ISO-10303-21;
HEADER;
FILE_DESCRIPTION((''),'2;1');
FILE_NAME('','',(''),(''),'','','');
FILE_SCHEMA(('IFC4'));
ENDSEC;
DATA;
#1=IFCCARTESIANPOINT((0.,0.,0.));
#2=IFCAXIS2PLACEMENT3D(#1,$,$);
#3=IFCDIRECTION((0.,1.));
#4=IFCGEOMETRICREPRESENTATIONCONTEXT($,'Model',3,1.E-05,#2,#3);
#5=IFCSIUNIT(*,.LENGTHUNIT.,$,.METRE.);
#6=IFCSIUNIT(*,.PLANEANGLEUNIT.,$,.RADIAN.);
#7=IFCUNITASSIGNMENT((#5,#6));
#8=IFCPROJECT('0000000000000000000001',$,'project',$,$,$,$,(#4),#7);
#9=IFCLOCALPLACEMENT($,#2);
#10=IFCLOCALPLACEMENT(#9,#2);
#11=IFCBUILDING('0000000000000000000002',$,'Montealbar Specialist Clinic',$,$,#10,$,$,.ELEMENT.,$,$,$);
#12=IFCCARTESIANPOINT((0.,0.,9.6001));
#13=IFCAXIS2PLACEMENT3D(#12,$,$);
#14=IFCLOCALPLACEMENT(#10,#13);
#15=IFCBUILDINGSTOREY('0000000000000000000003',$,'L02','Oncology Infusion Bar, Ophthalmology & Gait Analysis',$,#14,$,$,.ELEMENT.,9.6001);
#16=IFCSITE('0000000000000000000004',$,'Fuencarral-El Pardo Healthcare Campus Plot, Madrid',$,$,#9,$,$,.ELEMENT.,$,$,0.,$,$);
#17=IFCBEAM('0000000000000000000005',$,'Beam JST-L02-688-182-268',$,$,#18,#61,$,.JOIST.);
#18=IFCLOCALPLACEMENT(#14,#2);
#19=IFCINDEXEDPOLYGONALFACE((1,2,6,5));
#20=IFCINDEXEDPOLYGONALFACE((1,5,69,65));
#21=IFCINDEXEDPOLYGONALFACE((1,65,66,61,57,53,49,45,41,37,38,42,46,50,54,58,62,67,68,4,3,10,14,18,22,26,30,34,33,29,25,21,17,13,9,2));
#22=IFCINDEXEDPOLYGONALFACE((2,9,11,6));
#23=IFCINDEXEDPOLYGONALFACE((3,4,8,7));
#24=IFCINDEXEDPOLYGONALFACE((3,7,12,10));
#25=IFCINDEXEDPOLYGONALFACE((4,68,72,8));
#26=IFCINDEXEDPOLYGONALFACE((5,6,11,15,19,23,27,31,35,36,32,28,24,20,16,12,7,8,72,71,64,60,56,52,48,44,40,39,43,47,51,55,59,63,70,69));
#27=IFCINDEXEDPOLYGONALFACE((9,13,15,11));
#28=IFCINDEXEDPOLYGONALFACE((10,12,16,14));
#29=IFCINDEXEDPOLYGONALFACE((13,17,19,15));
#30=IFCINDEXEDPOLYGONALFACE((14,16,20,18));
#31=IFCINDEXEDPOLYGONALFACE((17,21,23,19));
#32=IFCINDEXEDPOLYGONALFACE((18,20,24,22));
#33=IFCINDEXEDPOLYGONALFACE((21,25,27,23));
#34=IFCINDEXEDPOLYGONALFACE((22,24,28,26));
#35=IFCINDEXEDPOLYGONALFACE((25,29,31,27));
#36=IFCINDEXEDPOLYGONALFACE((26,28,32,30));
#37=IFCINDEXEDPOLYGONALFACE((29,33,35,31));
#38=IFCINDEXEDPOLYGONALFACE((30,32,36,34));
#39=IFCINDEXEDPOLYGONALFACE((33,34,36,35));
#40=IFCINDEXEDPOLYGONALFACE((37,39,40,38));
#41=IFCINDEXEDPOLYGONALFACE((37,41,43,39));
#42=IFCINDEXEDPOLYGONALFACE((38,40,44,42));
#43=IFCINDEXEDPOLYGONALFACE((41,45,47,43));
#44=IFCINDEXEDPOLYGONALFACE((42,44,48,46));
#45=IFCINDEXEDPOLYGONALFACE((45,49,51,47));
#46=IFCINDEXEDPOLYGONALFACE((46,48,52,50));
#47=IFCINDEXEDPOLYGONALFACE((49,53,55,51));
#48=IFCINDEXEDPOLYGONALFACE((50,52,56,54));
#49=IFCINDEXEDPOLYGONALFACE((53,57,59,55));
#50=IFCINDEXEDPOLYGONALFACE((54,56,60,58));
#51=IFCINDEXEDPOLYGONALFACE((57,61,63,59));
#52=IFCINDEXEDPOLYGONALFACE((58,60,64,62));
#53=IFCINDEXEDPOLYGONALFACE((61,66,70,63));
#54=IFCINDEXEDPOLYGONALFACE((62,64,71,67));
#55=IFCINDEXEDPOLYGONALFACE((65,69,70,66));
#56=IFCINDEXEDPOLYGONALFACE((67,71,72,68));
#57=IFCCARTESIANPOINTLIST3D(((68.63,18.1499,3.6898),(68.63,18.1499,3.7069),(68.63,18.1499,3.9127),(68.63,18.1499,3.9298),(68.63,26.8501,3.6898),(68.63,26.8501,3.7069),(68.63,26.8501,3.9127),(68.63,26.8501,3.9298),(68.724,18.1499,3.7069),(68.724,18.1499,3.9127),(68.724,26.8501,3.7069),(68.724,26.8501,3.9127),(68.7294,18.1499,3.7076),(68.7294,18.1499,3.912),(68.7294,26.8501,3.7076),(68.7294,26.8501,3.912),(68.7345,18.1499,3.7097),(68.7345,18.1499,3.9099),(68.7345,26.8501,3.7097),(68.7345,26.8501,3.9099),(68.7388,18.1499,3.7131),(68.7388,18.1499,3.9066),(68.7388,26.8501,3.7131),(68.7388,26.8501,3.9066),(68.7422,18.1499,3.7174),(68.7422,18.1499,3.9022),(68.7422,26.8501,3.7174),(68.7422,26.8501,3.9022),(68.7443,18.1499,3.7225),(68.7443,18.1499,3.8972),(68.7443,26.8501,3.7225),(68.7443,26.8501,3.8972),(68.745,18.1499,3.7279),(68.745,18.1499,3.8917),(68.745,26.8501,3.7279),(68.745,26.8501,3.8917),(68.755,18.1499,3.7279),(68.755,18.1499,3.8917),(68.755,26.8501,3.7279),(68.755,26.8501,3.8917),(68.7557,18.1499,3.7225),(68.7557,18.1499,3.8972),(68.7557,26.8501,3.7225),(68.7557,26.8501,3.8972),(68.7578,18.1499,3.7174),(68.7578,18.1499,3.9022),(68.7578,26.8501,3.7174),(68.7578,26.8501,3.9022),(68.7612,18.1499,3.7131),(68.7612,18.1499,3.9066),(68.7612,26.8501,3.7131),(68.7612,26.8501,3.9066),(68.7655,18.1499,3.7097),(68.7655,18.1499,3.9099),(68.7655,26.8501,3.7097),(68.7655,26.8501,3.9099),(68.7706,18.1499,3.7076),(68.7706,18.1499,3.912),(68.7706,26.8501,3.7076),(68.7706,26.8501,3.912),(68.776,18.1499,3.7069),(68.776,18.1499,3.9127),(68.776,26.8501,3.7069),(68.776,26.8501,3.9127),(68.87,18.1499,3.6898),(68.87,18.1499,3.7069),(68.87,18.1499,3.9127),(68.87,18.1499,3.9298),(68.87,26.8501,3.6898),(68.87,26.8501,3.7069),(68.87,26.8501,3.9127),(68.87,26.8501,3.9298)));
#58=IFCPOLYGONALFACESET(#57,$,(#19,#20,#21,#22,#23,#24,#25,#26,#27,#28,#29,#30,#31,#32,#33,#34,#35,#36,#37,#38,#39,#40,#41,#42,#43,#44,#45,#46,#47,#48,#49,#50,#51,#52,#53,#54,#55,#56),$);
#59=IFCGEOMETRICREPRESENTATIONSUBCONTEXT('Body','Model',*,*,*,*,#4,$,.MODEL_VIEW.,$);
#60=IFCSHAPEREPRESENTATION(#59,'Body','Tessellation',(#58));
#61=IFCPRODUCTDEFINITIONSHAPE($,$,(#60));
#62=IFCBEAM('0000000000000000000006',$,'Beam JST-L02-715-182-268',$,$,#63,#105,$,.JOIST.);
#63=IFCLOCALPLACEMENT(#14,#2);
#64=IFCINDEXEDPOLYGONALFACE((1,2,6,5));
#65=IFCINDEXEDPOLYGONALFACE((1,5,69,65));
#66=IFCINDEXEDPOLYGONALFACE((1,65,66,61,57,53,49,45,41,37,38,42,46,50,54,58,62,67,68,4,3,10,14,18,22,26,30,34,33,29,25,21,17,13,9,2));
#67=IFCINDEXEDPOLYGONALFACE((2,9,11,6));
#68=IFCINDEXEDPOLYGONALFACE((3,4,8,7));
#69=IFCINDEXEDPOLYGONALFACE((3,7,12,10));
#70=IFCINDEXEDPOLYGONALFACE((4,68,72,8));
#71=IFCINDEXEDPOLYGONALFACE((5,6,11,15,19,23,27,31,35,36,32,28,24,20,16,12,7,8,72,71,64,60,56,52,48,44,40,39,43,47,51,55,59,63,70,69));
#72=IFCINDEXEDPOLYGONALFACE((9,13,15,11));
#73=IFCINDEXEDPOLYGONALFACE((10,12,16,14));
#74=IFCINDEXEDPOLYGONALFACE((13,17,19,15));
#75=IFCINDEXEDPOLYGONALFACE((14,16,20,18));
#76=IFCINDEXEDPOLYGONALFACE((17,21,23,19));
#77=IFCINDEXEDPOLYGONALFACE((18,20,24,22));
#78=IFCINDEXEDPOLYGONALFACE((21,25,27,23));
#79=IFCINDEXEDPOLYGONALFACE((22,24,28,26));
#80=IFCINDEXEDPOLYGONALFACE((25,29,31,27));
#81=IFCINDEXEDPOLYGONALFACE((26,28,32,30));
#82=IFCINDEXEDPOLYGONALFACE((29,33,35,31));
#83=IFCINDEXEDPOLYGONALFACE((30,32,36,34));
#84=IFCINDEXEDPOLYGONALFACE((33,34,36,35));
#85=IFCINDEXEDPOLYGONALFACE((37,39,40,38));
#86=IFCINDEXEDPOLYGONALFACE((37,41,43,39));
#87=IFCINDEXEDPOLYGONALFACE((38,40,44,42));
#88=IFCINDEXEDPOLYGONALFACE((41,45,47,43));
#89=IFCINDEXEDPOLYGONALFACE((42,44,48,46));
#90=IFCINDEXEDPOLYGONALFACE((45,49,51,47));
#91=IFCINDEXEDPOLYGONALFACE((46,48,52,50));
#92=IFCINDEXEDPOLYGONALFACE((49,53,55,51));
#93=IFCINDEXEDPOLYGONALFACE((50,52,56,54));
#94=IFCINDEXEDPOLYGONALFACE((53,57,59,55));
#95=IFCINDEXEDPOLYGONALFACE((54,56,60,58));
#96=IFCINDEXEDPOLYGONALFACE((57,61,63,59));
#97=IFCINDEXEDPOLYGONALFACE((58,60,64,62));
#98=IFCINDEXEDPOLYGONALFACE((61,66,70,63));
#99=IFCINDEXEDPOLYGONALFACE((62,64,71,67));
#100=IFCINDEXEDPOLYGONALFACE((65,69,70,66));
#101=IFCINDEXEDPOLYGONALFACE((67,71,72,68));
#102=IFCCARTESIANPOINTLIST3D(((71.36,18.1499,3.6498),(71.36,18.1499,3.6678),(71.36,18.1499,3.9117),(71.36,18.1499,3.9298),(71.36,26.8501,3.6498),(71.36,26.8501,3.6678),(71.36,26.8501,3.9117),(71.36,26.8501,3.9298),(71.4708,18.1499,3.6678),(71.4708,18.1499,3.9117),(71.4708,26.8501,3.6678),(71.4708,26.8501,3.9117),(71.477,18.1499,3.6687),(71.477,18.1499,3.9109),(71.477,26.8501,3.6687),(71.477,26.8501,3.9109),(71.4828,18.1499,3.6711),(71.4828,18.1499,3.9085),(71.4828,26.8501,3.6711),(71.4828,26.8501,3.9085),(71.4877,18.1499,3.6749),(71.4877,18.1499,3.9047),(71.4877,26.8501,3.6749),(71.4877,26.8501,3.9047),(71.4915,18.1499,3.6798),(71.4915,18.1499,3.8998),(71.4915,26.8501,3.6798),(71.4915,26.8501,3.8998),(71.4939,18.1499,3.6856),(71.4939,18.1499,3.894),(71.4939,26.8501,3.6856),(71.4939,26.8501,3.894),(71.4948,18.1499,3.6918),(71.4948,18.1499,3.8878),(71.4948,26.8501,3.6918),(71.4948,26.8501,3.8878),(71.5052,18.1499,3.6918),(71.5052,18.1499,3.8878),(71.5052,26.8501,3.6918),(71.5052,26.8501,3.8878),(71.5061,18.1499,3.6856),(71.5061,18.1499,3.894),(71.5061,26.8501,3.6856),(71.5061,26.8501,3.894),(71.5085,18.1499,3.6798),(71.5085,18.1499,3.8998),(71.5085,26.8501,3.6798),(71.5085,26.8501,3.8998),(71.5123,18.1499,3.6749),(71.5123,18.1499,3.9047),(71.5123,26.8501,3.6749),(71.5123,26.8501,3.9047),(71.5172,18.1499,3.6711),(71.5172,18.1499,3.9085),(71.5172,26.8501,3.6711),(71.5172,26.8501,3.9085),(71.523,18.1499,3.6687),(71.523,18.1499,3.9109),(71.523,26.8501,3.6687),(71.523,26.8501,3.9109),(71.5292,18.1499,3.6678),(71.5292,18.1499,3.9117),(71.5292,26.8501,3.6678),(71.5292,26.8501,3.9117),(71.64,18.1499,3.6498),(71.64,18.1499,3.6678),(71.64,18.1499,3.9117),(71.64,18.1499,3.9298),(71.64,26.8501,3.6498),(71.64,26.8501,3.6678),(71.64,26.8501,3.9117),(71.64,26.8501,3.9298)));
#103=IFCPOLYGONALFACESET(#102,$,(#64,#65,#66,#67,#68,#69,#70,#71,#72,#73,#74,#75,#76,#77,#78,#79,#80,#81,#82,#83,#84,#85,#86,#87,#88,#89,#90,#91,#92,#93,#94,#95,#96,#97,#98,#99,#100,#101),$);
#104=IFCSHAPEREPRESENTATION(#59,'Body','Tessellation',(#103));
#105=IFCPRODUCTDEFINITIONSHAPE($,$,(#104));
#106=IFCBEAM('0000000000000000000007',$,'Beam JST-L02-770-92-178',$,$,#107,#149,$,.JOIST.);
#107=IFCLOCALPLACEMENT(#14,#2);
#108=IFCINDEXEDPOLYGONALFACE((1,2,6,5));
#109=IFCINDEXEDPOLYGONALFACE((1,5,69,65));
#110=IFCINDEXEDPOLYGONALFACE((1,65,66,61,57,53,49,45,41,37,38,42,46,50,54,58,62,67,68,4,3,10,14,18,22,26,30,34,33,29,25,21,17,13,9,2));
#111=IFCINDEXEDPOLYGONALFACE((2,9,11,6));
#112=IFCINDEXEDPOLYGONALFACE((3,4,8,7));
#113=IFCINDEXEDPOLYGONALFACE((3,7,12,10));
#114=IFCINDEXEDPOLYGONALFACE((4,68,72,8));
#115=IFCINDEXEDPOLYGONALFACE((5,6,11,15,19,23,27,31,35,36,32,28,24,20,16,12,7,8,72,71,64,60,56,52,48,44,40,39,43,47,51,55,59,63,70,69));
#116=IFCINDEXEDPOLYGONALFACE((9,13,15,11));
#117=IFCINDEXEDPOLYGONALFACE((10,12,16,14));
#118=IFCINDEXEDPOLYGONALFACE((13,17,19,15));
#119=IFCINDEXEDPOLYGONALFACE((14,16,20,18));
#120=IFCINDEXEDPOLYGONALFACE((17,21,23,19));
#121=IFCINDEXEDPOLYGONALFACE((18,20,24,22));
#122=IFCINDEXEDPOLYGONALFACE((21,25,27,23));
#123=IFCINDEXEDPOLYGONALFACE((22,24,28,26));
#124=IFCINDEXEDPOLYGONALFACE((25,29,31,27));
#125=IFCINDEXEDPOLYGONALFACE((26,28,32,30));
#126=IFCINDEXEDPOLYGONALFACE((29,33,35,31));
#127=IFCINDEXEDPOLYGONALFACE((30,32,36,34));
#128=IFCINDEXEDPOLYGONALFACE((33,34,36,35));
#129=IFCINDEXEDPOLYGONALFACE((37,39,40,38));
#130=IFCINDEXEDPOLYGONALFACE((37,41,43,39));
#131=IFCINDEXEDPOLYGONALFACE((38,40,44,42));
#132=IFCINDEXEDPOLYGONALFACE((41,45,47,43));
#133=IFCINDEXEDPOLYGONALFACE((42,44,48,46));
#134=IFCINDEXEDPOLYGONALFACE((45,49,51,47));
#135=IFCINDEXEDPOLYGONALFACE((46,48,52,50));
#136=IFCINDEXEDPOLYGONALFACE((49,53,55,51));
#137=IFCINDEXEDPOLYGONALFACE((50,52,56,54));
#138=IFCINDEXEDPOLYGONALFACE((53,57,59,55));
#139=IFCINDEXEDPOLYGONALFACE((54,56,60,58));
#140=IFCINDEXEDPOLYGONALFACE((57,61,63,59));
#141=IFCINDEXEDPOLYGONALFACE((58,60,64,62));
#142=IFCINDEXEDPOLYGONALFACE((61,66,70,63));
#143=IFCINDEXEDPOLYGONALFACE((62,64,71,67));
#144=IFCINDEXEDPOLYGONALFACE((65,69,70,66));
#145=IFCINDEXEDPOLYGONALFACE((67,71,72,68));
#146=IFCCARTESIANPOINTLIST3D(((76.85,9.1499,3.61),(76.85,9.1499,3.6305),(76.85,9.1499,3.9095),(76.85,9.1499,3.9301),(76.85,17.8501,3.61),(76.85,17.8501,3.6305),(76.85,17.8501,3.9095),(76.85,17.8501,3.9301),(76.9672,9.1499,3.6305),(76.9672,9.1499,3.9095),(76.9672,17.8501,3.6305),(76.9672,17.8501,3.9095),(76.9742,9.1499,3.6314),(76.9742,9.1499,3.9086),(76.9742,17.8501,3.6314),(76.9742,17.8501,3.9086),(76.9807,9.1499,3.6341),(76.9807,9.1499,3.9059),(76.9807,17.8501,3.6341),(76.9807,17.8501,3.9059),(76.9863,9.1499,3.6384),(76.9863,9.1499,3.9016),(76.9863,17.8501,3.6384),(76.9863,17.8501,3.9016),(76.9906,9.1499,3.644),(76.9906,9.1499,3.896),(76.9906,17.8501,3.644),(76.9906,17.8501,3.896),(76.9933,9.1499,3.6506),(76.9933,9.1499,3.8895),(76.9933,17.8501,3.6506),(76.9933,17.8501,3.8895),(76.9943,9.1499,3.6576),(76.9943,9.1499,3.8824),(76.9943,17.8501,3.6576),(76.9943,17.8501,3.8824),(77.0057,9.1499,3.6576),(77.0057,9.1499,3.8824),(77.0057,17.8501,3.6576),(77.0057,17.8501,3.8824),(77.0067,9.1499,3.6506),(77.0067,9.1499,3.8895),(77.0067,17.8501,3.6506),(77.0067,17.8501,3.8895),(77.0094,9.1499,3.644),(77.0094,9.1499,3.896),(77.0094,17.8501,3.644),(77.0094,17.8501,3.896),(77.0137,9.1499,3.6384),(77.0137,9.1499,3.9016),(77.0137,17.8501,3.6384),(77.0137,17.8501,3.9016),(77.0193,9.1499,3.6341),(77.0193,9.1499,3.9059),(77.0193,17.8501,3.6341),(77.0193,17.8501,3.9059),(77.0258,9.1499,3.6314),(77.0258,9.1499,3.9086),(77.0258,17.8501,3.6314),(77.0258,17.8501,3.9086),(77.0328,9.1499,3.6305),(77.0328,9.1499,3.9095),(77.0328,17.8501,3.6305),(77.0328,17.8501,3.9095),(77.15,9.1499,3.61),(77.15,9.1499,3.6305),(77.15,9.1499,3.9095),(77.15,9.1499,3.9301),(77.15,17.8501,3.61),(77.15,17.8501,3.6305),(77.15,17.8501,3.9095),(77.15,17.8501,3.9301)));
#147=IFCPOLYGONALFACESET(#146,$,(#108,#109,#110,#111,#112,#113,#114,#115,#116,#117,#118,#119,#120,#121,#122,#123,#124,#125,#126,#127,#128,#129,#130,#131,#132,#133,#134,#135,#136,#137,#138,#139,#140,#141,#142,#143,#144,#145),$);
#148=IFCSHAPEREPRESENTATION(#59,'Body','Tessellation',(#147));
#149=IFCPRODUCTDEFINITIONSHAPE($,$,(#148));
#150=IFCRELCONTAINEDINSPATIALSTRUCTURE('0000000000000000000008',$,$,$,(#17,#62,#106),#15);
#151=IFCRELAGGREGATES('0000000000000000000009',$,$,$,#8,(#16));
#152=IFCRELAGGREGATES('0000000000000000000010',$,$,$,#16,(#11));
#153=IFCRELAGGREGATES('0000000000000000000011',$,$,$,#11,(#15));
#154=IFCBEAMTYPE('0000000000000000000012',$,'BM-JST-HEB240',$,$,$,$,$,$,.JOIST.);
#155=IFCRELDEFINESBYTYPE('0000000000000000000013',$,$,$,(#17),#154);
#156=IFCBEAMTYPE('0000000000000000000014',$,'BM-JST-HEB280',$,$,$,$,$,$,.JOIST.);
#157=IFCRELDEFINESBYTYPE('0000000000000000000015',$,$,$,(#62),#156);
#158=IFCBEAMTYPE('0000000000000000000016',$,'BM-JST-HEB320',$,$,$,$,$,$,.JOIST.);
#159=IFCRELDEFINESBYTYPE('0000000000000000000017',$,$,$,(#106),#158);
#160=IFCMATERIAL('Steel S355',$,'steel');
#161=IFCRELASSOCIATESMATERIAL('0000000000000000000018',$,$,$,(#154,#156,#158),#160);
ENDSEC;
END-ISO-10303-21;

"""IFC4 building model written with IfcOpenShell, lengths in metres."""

from ifc_helpers import new_model, si_unit, direction, frame, origin, origin_2d, place, context, subcontext, project, spatial, i_section, extrude, material, material_profile, profile_set, type_object, element, save


model = new_model("IFC4")

# Units and contexts
model_context = context("Model", 3, precision=1e-05, world=origin(), true_north=direction((0.0, 1.0)))
body_context = subcontext(model_context, "Body", "Model", "MODEL_VIEW")
ifc_project = project(units=[si_unit("LENGTHUNIT", "METRE"), si_unit("PLANEANGLEUNIT", "RADIAN")], contexts=[model_context])

# Site, building, storey
site_placement = place(None, origin())
site = spatial("IfcSite", under=ifc_project, at=site_placement, Name="Fuencarral-El Pardo Healthcare Campus Plot, Madrid", CompositionType="ELEMENT", RefElevation=0.0)
building_placement = place(site_placement, origin())
building = spatial("IfcBuilding", under=site, at=building_placement, Name="Montealbar Specialist Clinic", CompositionType="ELEMENT")
storey_placement = place(building_placement, frame((0.0, 0.0, 9.6001)))
storey = spatial("IfcBuildingStorey", under=building, at=storey_placement, Name="L02", Description="Oncology Infusion Bar, Ophthalmology & Gait Analysis", CompositionType="ELEMENT", Elevation=9.6001)

# Shared definitions
ifc_material_1 = material(Name="Steel S355", Category="steel")

# Beams
ifc_material_profile_1 = material_profile(ifc_material_1, i_section(OverallWidth=0.24, OverallDepth=0.24, WebThickness=0.01, FlangeThickness=0.0171, FilletRadius=0.021, at=origin_2d()), Name="HEB 240", Category="steel")
ifc_profile_set_1 = profile_set([ifc_material_profile_1], Name="Steel S355")
beam_type_1 = type_object("IfcBeamType", Name="BM-JST-HEB240", PredefinedType="JOIST", material=ifc_profile_set_1)
for number, where, z_axis, x_axis, name in (
    (1, (68.75, 18.1499, 3.8098), (0.0, 1.0, 0.0), (-1.0, 0.0, 0.0), "Beam JST-L02-688-182-268"),
):
    element("IfcBeam", number, at=place(storey_placement, frame(where, z_axis=z_axis, x_axis=x_axis)), inside=storey, type_object=beam_type_1, Name=name, PredefinedType="JOIST", context=body_context, shape_type="SweptSolid", body=[
        extrude(i_section(OverallWidth=0.24, OverallDepth=0.24, WebThickness=0.01, FlangeThickness=0.0171, FilletRadius=0.021, at=origin_2d()), origin(), (0.0, 0.0, 1.0), 8.7002),
    ])
ifc_material_profile_2 = material_profile(ifc_material_1, i_section(OverallWidth=0.28, OverallDepth=0.28, WebThickness=0.0105, FlangeThickness=0.0181, FilletRadius=0.0239, at=origin_2d()), Name="HEB 280", Category="steel")
ifc_profile_set_2 = profile_set([ifc_material_profile_2], Name="Steel S355")
beam_type_2 = type_object("IfcBeamType", Name="BM-JST-HEB280", PredefinedType="JOIST", material=ifc_profile_set_2)
beam_1_placement = place(storey_placement, frame((71.5, 18.1499, 3.7898), z_axis=(0.0, 1.0, 0.0), x_axis=(-1.0, 0.0, 0.0)))
element("IfcBeam", 2, at=beam_1_placement, inside=storey, type_object=beam_type_2, Name="Beam JST-L02-715-182-268", PredefinedType="JOIST", context=body_context, shape_type="SweptSolid", body=[
    extrude(i_section(OverallWidth=0.28, OverallDepth=0.28, WebThickness=0.0105, FlangeThickness=0.0181, FilletRadius=0.0239, at=origin_2d()), origin(), (0.0, 0.0, 1.0), 8.7002),
])
ifc_material_profile_3 = material_profile(ifc_material_1, i_section(OverallWidth=0.3, OverallDepth=0.3201, WebThickness=0.0115, FlangeThickness=0.0205, FilletRadius=0.0271, at=origin_2d()), Name="HEB 320", Category="steel")
ifc_profile_set_3 = profile_set([ifc_material_profile_3], Name="Steel S355")
beam_type_3 = type_object("IfcBeamType", Name="BM-JST-HEB320", PredefinedType="JOIST", material=ifc_profile_set_3)
beam_2_placement = place(storey_placement, frame((77.0, 9.1499, 3.77), z_axis=(0.0, 1.0, 0.0), x_axis=(-1.0, 0.0, 0.0)))
element("IfcBeam", 3, at=beam_2_placement, inside=storey, type_object=beam_type_3, Name="Beam JST-L02-770-92-178", PredefinedType="JOIST", context=body_context, shape_type="SweptSolid", body=[
    extrude(i_section(OverallWidth=0.3, OverallDepth=0.3201, WebThickness=0.0115, FlangeThickness=0.0205, FilletRadius=0.0271, at=origin_2d()), origin(), (0.0, 0.0, 1.0), 8.7002),
])

save(model, "model.ifc")
